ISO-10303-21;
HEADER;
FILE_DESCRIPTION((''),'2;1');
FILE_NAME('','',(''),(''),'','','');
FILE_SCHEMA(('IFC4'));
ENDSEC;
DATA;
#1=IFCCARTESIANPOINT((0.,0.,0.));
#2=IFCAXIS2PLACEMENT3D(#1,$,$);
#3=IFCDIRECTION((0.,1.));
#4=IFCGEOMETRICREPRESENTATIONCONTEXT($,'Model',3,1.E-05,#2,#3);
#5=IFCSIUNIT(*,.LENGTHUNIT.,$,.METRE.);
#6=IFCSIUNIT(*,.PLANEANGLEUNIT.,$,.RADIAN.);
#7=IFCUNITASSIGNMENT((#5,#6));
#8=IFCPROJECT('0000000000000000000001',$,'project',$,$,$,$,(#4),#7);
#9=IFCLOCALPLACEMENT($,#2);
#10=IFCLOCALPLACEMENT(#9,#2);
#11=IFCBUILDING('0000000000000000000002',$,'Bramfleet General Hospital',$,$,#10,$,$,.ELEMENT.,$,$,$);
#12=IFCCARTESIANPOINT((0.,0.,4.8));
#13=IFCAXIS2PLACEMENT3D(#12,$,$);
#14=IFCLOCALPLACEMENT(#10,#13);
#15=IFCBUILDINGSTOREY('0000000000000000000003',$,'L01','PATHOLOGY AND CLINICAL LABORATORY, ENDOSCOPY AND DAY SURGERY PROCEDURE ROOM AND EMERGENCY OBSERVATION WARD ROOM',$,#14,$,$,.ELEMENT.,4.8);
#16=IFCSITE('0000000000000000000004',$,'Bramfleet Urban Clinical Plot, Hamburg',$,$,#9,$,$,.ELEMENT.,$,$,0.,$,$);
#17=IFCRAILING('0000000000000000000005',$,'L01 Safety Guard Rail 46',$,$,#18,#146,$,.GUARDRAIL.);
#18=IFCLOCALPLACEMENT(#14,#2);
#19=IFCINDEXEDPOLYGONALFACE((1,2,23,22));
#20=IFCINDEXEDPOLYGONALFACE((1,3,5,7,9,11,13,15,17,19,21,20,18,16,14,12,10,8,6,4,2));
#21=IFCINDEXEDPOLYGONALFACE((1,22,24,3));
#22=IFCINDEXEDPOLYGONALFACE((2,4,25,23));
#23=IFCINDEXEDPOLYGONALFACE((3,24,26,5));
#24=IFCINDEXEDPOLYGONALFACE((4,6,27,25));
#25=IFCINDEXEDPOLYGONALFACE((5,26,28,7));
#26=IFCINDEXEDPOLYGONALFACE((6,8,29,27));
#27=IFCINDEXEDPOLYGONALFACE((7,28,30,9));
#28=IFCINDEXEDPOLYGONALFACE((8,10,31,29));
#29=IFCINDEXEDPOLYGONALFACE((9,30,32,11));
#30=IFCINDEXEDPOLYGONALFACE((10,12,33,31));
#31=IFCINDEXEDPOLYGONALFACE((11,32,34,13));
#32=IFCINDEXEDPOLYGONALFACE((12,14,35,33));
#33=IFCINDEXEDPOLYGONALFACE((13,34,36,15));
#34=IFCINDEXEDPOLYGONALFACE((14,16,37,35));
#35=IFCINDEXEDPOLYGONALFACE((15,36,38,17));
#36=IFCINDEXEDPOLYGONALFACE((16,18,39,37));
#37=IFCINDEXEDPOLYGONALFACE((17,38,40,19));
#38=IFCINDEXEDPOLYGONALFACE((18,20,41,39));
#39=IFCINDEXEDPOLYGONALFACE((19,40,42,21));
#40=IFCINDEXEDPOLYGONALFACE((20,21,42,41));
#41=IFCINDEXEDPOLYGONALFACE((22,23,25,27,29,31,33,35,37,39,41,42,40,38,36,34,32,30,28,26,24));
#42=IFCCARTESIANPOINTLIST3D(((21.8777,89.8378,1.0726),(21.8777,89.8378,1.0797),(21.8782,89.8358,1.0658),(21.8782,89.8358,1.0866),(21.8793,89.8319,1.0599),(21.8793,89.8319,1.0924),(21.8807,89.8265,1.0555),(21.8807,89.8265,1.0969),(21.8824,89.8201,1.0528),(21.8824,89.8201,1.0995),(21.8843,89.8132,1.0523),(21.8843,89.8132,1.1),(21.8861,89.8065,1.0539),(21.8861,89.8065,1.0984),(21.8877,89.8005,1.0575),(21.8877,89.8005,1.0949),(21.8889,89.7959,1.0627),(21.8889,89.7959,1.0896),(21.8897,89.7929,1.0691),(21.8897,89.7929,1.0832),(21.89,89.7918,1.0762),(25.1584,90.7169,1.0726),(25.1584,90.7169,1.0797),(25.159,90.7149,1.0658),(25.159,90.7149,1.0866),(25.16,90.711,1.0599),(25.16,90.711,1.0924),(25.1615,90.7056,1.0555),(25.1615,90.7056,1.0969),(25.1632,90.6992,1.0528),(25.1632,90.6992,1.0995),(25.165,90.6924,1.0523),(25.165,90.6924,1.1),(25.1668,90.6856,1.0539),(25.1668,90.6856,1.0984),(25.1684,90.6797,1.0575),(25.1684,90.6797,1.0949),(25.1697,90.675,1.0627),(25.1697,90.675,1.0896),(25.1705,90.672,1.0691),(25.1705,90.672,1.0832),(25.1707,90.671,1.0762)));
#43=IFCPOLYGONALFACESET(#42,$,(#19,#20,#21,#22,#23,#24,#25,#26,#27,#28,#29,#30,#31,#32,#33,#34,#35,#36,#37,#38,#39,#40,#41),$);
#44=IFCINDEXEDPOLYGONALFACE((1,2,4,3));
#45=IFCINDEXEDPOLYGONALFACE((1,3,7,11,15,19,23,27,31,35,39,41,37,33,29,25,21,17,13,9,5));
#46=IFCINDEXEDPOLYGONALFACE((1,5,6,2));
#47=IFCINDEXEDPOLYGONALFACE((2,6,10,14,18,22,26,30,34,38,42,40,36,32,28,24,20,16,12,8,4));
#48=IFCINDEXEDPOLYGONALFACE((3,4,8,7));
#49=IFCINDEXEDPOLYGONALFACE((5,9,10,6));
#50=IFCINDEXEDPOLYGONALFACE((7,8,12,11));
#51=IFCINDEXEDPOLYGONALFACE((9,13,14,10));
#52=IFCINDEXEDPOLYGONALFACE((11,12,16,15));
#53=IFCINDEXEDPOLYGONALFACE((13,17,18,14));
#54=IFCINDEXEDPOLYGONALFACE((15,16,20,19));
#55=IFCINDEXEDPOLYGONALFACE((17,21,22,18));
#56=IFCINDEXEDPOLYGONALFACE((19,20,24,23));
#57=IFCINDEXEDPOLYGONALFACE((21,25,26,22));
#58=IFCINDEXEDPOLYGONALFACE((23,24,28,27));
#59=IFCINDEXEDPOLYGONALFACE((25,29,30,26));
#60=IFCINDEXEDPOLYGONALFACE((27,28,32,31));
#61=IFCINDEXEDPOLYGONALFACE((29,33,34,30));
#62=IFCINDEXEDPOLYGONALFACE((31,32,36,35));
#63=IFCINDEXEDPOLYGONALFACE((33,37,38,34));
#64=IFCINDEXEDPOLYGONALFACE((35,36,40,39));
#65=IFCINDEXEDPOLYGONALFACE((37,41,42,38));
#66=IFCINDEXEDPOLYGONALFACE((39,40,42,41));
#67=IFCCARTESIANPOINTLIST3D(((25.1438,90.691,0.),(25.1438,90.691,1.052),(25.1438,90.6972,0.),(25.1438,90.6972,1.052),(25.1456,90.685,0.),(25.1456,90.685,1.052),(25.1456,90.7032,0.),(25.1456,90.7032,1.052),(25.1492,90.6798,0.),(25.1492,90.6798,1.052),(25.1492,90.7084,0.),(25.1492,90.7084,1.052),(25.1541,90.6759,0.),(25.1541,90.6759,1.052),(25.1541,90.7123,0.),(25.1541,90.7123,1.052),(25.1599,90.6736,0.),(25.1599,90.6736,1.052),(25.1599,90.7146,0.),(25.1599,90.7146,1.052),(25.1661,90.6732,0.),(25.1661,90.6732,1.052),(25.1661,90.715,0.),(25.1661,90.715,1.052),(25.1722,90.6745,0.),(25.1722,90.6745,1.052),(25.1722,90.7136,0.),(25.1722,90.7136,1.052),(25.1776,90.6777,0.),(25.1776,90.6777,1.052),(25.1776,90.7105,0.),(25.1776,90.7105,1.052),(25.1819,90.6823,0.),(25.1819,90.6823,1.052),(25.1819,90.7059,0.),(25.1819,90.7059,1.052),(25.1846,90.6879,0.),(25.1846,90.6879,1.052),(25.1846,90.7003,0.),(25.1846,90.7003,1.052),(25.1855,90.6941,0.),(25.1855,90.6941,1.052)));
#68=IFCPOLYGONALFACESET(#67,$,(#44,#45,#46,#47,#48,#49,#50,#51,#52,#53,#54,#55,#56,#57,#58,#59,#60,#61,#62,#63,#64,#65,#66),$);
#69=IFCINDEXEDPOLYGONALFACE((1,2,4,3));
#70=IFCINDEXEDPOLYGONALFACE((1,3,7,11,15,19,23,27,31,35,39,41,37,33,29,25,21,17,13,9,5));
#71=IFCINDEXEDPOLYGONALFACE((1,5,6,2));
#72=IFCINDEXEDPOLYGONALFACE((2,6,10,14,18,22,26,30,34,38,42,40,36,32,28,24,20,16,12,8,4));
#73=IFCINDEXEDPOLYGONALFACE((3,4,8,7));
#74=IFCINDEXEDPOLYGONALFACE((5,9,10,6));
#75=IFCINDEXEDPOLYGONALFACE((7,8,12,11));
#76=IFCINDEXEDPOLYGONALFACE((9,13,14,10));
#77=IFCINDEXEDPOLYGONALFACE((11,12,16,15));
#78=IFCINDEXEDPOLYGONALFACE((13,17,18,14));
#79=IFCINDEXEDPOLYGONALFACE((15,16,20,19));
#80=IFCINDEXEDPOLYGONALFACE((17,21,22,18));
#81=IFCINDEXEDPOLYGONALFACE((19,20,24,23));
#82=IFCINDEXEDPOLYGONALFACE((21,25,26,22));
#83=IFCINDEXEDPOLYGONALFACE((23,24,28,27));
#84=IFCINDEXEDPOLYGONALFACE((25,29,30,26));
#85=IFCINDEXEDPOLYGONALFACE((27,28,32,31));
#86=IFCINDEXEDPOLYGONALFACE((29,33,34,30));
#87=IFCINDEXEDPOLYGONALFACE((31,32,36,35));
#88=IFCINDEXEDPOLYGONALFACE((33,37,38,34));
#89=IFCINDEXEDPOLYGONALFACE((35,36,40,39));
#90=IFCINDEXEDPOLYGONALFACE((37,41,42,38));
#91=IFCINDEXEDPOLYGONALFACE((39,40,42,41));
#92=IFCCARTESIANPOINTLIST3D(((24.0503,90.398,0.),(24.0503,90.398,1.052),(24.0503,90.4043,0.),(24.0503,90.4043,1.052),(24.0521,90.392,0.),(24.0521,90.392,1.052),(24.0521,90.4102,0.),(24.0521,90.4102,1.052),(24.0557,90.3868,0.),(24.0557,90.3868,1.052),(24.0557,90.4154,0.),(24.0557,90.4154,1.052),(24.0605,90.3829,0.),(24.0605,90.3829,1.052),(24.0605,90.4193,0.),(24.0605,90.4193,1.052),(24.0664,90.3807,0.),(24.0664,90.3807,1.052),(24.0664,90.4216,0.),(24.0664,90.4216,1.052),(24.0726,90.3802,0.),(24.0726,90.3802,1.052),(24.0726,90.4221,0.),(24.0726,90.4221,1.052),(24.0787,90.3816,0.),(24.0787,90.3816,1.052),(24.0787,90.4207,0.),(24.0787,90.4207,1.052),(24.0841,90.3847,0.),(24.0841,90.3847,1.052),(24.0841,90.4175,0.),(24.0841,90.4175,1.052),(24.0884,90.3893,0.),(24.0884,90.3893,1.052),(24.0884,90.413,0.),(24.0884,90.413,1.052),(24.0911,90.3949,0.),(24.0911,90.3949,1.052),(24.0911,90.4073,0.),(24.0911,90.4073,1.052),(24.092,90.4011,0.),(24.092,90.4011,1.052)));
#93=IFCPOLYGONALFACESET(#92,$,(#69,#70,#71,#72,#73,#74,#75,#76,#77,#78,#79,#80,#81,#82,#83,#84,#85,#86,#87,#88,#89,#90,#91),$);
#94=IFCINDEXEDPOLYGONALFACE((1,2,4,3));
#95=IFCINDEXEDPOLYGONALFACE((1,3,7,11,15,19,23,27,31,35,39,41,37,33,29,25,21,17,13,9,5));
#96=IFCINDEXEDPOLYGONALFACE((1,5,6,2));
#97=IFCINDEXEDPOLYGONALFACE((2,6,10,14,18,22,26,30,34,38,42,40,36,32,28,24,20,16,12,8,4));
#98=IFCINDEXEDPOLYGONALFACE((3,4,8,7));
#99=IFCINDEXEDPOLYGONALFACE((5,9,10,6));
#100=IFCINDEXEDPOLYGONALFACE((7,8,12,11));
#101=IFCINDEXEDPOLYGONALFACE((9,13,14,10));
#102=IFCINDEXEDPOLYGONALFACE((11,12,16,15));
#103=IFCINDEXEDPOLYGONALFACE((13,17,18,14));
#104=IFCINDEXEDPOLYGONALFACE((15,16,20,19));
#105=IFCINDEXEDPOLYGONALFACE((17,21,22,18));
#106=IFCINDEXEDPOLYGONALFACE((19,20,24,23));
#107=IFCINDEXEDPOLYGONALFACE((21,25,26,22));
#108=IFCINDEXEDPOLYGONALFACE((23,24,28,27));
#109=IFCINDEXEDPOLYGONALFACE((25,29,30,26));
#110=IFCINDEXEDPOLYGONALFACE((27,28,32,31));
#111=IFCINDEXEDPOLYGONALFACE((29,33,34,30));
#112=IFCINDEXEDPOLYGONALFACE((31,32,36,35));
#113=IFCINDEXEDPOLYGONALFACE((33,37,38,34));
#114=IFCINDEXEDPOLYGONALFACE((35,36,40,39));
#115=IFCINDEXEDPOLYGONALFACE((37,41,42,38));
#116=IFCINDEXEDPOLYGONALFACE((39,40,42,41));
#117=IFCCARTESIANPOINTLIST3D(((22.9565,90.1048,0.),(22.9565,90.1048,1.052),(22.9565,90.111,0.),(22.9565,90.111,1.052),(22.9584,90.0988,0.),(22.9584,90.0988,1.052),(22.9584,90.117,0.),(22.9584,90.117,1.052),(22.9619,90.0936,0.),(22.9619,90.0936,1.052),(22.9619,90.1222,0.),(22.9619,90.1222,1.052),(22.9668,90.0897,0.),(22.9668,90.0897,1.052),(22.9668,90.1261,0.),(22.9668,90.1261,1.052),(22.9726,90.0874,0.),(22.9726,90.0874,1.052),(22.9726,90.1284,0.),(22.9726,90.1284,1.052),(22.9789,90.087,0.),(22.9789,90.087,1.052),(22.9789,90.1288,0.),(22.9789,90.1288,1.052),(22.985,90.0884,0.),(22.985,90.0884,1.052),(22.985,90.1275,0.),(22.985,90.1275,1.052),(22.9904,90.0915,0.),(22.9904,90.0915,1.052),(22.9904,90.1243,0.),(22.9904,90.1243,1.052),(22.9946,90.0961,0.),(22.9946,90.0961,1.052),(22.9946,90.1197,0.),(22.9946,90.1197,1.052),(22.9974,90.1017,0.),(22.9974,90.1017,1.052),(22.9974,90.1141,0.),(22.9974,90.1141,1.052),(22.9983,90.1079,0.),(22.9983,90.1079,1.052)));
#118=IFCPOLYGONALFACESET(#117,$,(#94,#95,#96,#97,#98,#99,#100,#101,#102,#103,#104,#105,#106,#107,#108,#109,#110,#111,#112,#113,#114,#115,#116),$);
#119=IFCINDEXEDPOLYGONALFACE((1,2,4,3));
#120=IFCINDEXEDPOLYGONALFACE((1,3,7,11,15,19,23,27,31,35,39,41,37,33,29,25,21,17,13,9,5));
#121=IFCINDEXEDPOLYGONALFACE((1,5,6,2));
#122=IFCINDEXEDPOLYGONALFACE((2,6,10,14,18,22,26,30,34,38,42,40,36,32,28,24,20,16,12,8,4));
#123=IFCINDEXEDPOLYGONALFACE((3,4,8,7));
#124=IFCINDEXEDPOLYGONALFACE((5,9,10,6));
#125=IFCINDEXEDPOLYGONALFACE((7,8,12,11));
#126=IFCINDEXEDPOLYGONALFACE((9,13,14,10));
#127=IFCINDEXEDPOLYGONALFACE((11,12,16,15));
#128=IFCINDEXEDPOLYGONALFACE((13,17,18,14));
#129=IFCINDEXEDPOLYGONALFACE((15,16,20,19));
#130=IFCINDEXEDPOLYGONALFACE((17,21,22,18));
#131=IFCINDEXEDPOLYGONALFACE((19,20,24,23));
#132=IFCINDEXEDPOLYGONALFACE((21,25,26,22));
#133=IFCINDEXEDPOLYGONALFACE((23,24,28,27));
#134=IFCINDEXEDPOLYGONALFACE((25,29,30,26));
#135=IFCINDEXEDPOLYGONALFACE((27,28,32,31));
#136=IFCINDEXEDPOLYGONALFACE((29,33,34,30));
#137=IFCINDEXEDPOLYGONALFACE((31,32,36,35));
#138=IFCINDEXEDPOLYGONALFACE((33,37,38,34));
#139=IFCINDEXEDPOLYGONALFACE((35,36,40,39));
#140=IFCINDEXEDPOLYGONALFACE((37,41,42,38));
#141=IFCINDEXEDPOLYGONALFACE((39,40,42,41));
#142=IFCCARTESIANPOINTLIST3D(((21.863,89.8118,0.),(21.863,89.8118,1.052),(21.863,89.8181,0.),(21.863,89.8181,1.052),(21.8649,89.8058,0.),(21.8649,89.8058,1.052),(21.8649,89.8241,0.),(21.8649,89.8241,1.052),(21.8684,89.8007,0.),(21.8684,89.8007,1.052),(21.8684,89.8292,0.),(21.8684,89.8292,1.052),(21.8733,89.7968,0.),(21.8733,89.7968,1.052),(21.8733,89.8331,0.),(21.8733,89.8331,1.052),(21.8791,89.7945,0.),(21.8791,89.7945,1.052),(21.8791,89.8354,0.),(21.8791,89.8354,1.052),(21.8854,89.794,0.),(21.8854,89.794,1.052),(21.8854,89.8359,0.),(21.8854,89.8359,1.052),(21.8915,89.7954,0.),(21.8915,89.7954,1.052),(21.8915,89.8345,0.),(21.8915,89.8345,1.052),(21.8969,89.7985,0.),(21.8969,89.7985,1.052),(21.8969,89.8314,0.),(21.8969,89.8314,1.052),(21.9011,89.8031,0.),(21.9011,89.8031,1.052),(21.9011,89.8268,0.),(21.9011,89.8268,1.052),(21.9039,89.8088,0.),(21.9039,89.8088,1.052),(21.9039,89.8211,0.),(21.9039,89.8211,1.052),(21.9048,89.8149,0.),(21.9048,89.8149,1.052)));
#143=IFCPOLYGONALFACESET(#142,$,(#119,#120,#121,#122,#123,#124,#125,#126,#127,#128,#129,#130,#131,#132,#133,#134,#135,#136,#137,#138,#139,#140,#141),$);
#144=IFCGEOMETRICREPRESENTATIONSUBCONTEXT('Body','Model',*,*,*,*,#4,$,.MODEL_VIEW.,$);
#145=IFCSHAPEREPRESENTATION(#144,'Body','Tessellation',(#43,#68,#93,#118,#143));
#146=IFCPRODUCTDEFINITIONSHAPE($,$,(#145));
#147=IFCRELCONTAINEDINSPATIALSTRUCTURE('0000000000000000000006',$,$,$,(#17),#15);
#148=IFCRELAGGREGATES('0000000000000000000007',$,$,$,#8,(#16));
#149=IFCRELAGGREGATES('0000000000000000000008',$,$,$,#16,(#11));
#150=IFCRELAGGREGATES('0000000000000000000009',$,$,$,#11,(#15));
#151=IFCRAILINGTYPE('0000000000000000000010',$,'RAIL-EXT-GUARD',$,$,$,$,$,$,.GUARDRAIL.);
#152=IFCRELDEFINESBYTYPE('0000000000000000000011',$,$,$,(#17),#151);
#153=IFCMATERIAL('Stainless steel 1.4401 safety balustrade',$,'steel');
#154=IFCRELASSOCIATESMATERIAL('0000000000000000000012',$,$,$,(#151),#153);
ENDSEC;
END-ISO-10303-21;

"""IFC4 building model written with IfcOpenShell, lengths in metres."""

from ifc_helpers import new_model, si_unit, direction, frame, origin, origin_2d, place, context, subcontext, project, spatial, circle, extrude, material, type_object, element, save


model = new_model("IFC4")

# Units and contexts
model_context = context("Model", 3, precision=1e-05, world=origin(), true_north=direction((0.0, 1.0)))
body_context = subcontext(model_context, "Body", "Model", "MODEL_VIEW")
ifc_project = project(units=[si_unit("LENGTHUNIT", "METRE"), si_unit("PLANEANGLEUNIT", "RADIAN")], contexts=[model_context])

# Site, building, storey
site_placement = place(None, origin())
site = spatial("IfcSite", under=ifc_project, at=site_placement, Name="Bramfleet Urban Clinical Plot, Hamburg", CompositionType="ELEMENT", RefElevation=0.0)
building_placement = place(site_placement, origin())
building = spatial("IfcBuilding", under=site, at=building_placement, Name="Bramfleet General Hospital", CompositionType="ELEMENT")
storey_placement = place(building_placement, frame((0.0, 0.0, 4.8)))
storey = spatial("IfcBuildingStorey", under=building, at=storey_placement, Name="L01", Description="PATHOLOGY AND CLINICAL LABORATORY, ENDOSCOPY AND DAY SURGERY PROCEDURE ROOM AND EMERGENCY OBSERVATION WARD ROOM", CompositionType="ELEMENT", Elevation=4.8)

# Railing
ifc_material_1 = material(Name="Stainless steel 1.4401 safety balustrade", Category="steel")
railing_type = type_object("IfcRailingType", Name="RAIL-EXT-GUARD", PredefinedType="GUARDRAIL", material=ifc_material_1)
railing_placement = place(storey_placement, frame((25.1646, 90.6941, 0.0)))
element("IfcRailing", 1, at=railing_placement, inside=storey, type_object=railing_type, Name="L01 Safety Guard Rail 46", PredefinedType="GUARDRAIL", context=body_context, shape_type="SweptSolid", body=[
    extrude(circle(Radius=0.0239, at=origin_2d()), frame((0.0, 0.0, 1.0762), z_axis=(-0.96592, -0.258839, 0.0), x_axis=(0.258839, -0.96592, 0.0)), (0.0, 0.0, 1.0), 3.3965),
    extrude(circle(Radius=0.021, at=origin_2d()), origin(), (0.0, 0.0, 1.0), 1.052),
    extrude(circle(Radius=0.021, at=origin_2d()), frame((-1.0935, -0.293, 0.0)), (0.0, 0.0, 1.0), 1.052),
    extrude(circle(Radius=0.021, at=origin_2d()), frame((-2.1873, -0.5862, 0.0)), (0.0, 0.0, 1.0), 1.052),
    extrude(circle(Radius=0.021, at=origin_2d()), frame((-3.2808, -0.8792, 0.0)), (0.0, 0.0, 1.0), 1.052),
])

save(model, "model.ifc")
